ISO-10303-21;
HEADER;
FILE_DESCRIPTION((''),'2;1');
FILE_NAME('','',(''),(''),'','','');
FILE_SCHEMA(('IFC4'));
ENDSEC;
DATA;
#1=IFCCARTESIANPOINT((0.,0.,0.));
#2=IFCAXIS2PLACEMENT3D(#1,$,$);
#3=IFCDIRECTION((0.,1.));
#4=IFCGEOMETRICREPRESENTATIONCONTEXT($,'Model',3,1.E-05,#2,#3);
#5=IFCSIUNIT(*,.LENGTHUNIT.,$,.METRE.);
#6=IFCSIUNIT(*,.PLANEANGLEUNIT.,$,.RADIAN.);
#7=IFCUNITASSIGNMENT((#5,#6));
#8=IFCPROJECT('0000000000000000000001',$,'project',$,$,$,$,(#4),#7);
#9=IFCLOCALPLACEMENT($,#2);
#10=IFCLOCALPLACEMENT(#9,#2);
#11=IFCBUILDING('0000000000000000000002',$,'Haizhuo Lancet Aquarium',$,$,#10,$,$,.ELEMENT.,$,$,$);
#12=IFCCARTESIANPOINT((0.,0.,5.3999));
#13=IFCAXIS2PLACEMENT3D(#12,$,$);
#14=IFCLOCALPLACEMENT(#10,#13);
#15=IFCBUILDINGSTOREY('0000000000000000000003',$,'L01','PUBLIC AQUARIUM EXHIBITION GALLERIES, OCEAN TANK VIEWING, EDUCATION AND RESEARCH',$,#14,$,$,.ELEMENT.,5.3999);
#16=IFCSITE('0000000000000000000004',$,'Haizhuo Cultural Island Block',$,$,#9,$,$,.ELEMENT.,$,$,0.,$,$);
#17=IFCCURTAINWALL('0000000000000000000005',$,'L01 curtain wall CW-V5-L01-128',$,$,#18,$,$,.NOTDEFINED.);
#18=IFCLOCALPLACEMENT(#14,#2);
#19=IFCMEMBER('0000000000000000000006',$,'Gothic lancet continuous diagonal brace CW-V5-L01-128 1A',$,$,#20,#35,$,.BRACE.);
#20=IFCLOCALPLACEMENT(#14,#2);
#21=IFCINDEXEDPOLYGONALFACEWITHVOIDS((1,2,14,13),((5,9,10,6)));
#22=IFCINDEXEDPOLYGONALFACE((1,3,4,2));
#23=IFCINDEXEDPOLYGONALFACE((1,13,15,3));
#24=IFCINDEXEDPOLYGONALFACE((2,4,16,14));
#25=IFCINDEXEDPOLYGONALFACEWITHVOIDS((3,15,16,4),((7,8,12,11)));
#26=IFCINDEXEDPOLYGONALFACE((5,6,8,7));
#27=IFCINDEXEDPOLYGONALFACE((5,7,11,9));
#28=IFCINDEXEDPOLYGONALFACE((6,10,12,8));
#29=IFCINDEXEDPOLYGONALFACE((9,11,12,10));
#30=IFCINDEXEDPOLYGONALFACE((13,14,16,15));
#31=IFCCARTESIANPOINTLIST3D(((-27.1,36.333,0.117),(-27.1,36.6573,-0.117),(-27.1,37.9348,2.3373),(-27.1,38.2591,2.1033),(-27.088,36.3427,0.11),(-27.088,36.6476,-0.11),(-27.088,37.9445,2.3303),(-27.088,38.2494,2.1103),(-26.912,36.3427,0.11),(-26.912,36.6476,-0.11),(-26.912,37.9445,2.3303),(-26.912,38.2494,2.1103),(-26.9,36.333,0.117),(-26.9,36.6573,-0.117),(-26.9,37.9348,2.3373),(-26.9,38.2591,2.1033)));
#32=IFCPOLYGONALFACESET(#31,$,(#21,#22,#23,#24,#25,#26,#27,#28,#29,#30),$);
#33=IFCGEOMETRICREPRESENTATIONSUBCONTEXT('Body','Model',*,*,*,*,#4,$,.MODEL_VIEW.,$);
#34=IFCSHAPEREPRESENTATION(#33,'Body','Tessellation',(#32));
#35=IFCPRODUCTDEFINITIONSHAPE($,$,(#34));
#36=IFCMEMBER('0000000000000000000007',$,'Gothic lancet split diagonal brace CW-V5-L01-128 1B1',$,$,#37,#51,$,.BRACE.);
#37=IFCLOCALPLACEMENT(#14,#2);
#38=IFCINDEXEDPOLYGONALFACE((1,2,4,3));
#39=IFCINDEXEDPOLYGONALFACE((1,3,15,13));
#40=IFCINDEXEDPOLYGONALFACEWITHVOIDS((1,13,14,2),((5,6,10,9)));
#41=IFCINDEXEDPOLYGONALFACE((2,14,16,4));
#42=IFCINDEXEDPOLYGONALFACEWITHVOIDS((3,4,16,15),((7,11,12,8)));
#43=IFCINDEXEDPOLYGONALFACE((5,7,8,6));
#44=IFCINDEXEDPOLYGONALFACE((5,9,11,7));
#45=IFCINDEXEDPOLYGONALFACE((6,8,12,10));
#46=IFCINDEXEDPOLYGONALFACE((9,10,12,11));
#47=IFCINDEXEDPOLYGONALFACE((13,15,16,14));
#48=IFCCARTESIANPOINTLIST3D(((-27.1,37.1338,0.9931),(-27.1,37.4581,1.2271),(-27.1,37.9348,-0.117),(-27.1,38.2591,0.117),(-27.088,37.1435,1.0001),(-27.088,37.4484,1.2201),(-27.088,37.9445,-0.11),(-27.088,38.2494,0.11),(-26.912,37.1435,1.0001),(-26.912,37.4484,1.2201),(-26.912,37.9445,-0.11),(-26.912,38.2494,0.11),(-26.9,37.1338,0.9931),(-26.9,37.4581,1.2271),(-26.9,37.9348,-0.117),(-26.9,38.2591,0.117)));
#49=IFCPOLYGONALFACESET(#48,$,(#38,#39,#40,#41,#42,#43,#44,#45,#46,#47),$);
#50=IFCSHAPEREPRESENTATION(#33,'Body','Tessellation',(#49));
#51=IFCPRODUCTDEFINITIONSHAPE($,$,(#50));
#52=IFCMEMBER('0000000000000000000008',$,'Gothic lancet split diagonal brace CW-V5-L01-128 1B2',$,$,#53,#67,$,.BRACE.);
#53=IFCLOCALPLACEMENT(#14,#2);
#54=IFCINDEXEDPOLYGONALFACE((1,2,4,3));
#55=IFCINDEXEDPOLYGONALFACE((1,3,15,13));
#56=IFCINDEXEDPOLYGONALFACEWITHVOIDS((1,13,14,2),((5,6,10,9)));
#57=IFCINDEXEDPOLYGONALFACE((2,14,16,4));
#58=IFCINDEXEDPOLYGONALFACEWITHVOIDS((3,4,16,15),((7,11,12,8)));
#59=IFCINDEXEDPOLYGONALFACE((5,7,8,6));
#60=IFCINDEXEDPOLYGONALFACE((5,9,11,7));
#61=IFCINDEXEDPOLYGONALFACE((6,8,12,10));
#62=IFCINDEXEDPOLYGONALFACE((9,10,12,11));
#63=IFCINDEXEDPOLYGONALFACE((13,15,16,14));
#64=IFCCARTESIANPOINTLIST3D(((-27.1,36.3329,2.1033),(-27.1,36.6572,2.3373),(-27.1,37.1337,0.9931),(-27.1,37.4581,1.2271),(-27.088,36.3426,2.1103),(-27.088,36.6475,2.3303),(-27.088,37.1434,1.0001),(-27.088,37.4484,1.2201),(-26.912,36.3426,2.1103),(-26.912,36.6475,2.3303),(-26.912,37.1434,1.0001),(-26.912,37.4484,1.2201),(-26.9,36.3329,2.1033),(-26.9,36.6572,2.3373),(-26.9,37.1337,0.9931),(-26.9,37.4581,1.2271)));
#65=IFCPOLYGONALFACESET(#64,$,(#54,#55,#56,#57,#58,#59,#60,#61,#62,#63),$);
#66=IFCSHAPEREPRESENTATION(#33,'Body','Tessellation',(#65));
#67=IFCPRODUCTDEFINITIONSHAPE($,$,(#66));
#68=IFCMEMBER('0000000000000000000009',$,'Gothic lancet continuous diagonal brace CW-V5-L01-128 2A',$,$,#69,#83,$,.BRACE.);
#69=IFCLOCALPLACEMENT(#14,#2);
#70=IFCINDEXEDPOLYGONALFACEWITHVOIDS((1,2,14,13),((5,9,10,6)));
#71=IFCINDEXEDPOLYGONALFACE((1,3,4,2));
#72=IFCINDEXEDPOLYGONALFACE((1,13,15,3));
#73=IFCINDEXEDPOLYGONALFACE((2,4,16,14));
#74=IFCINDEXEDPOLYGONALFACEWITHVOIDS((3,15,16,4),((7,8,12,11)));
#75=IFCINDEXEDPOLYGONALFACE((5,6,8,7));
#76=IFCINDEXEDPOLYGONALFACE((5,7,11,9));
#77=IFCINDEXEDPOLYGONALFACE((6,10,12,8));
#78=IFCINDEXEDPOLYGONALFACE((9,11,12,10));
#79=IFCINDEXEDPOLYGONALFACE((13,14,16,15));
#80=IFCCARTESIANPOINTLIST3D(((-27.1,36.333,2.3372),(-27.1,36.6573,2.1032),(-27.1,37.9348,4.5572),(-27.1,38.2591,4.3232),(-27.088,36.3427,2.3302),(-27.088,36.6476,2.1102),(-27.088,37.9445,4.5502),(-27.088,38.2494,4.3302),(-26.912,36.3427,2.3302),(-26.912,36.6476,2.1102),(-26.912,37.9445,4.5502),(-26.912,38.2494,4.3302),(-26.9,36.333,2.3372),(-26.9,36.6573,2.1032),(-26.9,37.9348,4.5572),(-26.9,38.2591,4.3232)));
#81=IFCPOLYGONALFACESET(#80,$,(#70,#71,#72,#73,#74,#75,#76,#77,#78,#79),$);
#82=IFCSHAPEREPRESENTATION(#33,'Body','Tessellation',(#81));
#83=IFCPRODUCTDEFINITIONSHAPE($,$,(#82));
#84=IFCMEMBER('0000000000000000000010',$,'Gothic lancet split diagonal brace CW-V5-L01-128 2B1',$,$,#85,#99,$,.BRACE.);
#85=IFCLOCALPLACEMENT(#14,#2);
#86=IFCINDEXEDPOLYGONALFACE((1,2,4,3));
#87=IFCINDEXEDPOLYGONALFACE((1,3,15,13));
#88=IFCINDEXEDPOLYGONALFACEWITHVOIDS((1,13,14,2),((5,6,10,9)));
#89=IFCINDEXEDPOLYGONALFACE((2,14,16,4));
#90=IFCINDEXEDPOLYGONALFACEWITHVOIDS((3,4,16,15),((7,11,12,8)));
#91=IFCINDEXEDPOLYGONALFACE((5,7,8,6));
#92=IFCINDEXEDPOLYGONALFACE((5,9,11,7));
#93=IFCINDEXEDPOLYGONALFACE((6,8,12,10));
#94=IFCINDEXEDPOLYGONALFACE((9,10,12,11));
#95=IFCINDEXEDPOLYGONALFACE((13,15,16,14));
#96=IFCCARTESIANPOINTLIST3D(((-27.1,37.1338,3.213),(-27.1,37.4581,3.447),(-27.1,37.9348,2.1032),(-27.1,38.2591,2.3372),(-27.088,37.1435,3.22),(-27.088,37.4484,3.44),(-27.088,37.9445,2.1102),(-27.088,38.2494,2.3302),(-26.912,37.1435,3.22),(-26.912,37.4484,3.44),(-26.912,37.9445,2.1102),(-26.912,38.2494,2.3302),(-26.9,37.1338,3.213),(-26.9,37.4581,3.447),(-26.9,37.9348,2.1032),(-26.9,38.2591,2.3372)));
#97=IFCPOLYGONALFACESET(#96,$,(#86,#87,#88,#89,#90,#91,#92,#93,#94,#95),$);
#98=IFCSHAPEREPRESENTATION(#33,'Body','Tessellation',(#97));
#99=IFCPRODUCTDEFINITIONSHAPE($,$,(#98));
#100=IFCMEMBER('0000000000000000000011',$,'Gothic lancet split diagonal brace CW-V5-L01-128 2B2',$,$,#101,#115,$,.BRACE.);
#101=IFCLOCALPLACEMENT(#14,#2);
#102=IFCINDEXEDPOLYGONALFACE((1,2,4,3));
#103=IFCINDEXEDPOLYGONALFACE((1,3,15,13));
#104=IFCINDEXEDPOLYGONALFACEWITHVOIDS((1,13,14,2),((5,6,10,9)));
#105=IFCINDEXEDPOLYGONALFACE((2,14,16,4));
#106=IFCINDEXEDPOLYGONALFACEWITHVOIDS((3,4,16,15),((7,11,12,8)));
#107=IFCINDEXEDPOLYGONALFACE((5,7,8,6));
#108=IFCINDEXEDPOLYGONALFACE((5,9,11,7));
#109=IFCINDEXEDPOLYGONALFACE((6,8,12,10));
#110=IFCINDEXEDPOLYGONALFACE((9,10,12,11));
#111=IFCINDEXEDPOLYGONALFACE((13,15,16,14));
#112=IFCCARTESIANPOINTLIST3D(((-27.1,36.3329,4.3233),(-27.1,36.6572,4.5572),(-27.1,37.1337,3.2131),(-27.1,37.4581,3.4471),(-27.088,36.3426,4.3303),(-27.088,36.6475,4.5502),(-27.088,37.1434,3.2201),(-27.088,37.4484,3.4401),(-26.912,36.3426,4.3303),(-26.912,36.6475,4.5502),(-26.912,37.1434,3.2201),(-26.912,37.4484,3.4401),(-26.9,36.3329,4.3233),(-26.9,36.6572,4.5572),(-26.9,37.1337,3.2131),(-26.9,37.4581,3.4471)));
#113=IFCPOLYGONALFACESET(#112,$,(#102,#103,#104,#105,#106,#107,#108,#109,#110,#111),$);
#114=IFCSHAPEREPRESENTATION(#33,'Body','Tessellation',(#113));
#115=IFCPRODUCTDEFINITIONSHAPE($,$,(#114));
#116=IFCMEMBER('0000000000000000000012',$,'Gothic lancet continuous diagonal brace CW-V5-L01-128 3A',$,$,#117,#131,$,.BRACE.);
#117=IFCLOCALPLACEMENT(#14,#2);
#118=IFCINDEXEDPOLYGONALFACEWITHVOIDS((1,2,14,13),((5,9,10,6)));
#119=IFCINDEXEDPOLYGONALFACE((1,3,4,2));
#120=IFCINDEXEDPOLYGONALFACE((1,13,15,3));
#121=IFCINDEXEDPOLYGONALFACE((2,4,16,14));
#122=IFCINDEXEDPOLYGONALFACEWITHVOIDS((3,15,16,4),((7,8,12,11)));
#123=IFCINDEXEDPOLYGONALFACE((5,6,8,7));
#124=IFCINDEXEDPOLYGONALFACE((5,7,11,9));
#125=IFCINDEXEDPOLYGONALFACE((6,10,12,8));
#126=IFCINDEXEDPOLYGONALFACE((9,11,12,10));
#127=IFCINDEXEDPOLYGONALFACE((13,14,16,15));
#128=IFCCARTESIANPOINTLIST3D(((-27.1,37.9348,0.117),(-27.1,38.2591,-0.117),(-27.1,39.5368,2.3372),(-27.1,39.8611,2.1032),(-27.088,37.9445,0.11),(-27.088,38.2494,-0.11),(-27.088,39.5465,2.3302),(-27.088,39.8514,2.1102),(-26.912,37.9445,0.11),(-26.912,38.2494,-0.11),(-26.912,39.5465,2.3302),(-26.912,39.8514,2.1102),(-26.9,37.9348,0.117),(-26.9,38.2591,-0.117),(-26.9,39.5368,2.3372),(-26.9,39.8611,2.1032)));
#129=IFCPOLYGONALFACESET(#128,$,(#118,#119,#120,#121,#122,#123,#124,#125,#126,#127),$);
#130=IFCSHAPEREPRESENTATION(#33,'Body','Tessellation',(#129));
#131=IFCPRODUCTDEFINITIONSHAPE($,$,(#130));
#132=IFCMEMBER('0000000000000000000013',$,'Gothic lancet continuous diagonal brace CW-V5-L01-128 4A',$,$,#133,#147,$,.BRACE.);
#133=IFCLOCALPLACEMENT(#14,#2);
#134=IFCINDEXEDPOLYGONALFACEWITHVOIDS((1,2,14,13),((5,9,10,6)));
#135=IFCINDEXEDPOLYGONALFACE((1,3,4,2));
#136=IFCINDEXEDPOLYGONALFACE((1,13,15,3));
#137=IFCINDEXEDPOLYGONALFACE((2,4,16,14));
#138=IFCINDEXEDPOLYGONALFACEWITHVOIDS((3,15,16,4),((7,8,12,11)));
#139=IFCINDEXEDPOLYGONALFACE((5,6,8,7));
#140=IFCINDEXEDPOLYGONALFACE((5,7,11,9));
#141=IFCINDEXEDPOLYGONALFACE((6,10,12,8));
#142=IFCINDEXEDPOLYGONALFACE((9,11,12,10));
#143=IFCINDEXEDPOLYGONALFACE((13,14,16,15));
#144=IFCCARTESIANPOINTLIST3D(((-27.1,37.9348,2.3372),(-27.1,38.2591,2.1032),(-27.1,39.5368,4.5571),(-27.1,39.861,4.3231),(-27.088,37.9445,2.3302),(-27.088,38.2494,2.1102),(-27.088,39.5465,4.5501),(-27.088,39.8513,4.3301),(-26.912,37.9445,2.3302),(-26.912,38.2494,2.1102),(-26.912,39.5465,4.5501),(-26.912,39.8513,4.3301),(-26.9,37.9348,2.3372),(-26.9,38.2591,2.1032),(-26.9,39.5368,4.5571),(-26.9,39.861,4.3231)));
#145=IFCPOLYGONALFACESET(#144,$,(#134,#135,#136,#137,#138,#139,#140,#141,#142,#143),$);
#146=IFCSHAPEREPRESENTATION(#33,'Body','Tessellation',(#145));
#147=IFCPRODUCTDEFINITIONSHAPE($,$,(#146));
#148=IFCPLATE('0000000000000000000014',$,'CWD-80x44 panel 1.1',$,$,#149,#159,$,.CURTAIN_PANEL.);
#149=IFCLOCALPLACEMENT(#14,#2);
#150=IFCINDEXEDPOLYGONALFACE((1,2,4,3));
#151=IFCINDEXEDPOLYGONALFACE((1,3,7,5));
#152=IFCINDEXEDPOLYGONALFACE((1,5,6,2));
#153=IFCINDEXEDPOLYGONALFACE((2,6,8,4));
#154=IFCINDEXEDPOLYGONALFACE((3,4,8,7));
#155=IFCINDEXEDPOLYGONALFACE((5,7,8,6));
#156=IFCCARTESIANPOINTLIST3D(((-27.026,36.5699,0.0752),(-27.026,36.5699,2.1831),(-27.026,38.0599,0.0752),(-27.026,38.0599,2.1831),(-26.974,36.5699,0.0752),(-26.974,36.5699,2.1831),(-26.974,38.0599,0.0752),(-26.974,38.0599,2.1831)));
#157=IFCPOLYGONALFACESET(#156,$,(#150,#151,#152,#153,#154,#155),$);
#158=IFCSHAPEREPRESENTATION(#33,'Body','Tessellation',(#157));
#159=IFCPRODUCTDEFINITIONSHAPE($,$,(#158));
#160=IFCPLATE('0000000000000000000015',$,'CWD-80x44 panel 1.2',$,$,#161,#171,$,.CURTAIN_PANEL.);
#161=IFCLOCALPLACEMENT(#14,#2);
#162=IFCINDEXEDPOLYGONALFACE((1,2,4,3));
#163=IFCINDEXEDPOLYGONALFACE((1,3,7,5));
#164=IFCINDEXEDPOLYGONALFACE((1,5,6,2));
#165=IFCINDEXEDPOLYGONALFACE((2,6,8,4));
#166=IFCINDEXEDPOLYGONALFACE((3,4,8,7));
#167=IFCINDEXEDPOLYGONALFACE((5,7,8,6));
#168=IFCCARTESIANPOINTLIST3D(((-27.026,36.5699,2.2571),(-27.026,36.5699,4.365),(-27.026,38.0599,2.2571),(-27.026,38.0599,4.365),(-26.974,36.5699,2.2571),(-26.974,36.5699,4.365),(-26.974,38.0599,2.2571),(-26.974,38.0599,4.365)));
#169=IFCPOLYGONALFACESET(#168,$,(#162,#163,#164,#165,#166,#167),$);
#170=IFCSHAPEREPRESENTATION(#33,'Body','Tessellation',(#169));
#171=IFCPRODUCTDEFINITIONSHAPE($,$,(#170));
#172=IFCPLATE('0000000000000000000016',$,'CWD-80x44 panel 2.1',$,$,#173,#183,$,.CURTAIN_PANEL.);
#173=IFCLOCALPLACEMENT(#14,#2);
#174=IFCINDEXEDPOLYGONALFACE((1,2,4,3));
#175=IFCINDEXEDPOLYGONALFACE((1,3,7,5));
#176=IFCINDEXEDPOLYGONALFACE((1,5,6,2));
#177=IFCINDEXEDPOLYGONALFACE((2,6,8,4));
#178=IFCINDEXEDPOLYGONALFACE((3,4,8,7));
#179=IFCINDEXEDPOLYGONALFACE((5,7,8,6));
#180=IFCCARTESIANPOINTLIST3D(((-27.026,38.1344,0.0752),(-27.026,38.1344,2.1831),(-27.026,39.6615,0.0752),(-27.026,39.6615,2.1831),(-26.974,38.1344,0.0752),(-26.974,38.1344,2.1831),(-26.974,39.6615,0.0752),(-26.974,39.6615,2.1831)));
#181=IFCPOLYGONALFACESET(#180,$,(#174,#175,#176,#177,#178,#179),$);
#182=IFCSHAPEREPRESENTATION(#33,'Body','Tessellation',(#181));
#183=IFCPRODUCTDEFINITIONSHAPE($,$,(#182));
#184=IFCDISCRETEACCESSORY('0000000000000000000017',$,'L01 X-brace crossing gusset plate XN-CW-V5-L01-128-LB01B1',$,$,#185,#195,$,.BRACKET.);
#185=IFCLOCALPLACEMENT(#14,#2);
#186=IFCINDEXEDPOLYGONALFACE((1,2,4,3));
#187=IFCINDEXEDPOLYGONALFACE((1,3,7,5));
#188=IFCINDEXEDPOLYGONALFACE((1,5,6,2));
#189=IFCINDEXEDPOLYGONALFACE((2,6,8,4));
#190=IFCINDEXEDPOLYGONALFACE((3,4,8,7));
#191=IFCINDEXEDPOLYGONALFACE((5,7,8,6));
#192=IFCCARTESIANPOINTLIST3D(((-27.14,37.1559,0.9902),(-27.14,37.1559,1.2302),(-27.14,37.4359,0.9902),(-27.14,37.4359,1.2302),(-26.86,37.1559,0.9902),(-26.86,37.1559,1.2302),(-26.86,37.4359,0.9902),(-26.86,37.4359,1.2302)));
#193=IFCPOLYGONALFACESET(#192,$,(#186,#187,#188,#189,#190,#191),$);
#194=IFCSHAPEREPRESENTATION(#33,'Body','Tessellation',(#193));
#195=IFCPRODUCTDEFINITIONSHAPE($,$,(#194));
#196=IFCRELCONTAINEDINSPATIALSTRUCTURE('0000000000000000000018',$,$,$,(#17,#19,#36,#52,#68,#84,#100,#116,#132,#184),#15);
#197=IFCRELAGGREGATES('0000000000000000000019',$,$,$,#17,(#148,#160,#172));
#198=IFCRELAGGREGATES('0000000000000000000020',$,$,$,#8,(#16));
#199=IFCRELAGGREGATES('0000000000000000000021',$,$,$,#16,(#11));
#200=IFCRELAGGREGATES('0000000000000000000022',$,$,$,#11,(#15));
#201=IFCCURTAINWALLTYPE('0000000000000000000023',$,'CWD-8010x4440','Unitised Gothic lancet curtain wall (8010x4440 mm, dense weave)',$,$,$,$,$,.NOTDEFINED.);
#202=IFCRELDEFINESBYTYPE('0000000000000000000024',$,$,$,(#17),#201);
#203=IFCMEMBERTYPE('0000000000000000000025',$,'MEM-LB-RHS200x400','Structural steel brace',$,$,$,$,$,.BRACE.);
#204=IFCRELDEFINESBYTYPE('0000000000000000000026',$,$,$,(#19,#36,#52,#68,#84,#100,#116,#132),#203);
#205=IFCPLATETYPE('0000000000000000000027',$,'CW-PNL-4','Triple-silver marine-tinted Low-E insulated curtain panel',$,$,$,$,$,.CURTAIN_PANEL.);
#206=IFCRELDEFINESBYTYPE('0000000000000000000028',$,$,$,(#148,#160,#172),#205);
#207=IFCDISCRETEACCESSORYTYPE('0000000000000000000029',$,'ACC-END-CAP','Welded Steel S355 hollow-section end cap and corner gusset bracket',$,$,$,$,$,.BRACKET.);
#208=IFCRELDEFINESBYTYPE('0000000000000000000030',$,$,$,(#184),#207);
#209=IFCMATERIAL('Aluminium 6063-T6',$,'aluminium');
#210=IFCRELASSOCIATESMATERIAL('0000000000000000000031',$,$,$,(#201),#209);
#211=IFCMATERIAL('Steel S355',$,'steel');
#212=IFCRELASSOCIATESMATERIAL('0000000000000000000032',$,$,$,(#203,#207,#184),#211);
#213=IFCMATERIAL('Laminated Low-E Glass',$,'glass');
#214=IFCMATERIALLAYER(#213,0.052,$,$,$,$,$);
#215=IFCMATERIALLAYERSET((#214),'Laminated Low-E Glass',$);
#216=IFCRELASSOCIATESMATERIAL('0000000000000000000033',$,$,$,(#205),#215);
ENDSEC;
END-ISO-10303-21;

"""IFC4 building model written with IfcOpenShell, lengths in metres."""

from ifc_helpers import new_model, si_unit, direction, frame, origin, origin_2d, place, context, subcontext, project, spatial, rectangle, hollow_rectangle, extrude, material, layer, layer_set, material_profile, profile_set, type_object, element, aggregate, save


model = new_model("IFC4")

# Units and contexts
model_context = context("Model", 3, precision=1e-05, world=origin(), true_north=direction((0.0, 1.0)))
body_context = subcontext(model_context, "Body", "Model", "MODEL_VIEW")
ifc_project = project(units=[si_unit("LENGTHUNIT", "METRE"), si_unit("PLANEANGLEUNIT", "RADIAN")], contexts=[model_context])

# Site, building, storey
site_placement = place(None, origin())
site = spatial("IfcSite", under=ifc_project, at=site_placement, Name="Haizhuo Cultural Island Block", CompositionType="ELEMENT", RefElevation=0.0)
building_placement = place(site_placement, origin())
building = spatial("IfcBuilding", under=site, at=building_placement, Name="Haizhuo Lancet Aquarium", CompositionType="ELEMENT")
storey_placement = place(building_placement, frame((0.0, 0.0, 5.3999)))
storey = spatial("IfcBuildingStorey", under=building, at=storey_placement, Name="L01", Description="PUBLIC AQUARIUM EXHIBITION GALLERIES, OCEAN TANK VIEWING, EDUCATION AND RESEARCH", CompositionType="ELEMENT", Elevation=5.3999)

# Curtain wall
ifc_material_1 = material(Name="Aluminium 6063-T6", Category="aluminium")
curtain_wall_type = type_object("IfcCurtainWallType", Name="CWD-8010x4440", Description="Unitised Gothic lancet curtain wall (8010x4440 mm, dense weave)", PredefinedType="NOTDEFINED", material=ifc_material_1)
curtain_wall_placement = place(storey_placement, origin())
curtain_wall = element("IfcCurtainWall", 1, at=curtain_wall_placement, inside=storey, type_object=curtain_wall_type, Name="L01 curtain wall CW-V5-L01-128", PredefinedType="NOTDEFINED")

# Members
ifc_material_2 = material(Name="Steel S355", Category="steel")
ifc_material_profile_1 = material_profile(ifc_material_2, hollow_rectangle(XDim=0.2, YDim=0.3999, WallThickness=0.012, at=origin_2d()), Name="RHS 200x400x12")
ifc_profile_set_1 = profile_set([ifc_material_profile_1], Name="Steel S355")
member_type_1 = type_object("IfcMemberType", Name="MEM-LB-RHS200x400", Description="Structural steel brace", PredefinedType="BRACE", material=ifc_profile_set_1)
member_1_placement = place(storey_placement, frame((-27.0, 36.4951, 0.0), z_axis=(0.0, 0.585087, 0.810971), x_axis=(-1.0, 0.0, 0.0)))
element("IfcMember", 2, at=member_1_placement, inside=storey, type_object=member_type_1, Name="Gothic lancet continuous diagonal brace CW-V5-L01-128 1A", PredefinedType="BRACE", context=body_context, shape_type="SweptSolid", body=[
    extrude(hollow_rectangle(XDim=0.2, YDim=0.3999, WallThickness=0.012, at=origin_2d()), origin(), (0.0, 0.0, 1.0), 2.7378),
])
for number, where, z_axis, x_axis, name in (
    (3, (-27.0, 38.0969, 0.0), (0.0, -0.585145, 0.810928), (1.0, 0.0, 0.0), "Gothic lancet split diagonal brace CW-V5-L01-128 1B1"),
    (4, (-27.0, 37.2959, 1.1101), (0.0, -0.585028, 0.811013), (1.0, 0.0, 0.0), "Gothic lancet split diagonal brace CW-V5-L01-128 1B2"),
):
    element("IfcMember", number, at=place(storey_placement, frame(where, z_axis=z_axis, x_axis=x_axis)), inside=storey, type_object=member_type_1, Name=name, PredefinedType="BRACE", context=body_context, shape_type="SweptSolid", body=[
        extrude(hollow_rectangle(XDim=0.2, YDim=0.3999, WallThickness=0.012, at=origin_2d()), origin(), (0.0, 0.0, 1.0), 1.3689),
    ])
member_2_placement = place(storey_placement, frame((-27.0, 36.4951, 2.2202), z_axis=(0.0, 0.585129, 0.81094), x_axis=(-1.0, 0.0, 0.0)))
element("IfcMember", 5, at=member_2_placement, inside=storey, type_object=member_type_1, Name="Gothic lancet continuous diagonal brace CW-V5-L01-128 2A", PredefinedType="BRACE", context=body_context, shape_type="SweptSolid", body=[
    extrude(hollow_rectangle(XDim=0.2, YDim=0.3999, WallThickness=0.012, at=origin_2d()), origin(), (0.0, 0.0, 1.0), 2.7375),
])
member_3_placement = place(storey_placement, frame((-27.0, 38.0969, 2.2202), z_axis=(0.0, -0.58523, 0.810867), x_axis=(1.0, 0.0, 0.0)))
element("IfcMember", 6, at=member_3_placement, inside=storey, type_object=member_type_1, Name="Gothic lancet split diagonal brace CW-V5-L01-128 2B1", PredefinedType="BRACE", context=body_context, shape_type="SweptSolid", body=[
    extrude(hollow_rectangle(XDim=0.2, YDim=0.3999, WallThickness=0.012, at=origin_2d()), origin(), (0.0, 0.0, 1.0), 1.3687),
])
member_4_placement = place(storey_placement, frame((-27.0, 37.2959, 3.3301), z_axis=(0.0, -0.585028, 0.811013), x_axis=(1.0, 0.0, 0.0)))
element("IfcMember", 7, at=member_4_placement, inside=storey, type_object=member_type_1, Name="Gothic lancet split diagonal brace CW-V5-L01-128 2B2", PredefinedType="BRACE", context=body_context, shape_type="SweptSolid", body=[
    extrude(hollow_rectangle(XDim=0.2, YDim=0.3999, WallThickness=0.012, at=origin_2d()), origin(), (0.0, 0.0, 1.0), 1.3689),
])
member_5_placement = place(storey_placement, frame((-27.0, 38.0969, 0.0), z_axis=(0.0, 0.585145, 0.810928), x_axis=(-1.0, 0.0, 0.0)))
element("IfcMember", 8, at=member_5_placement, inside=storey, type_object=member_type_1, Name="Gothic lancet continuous diagonal brace CW-V5-L01-128 3A", PredefinedType="BRACE", context=body_context, shape_type="SweptSolid", body=[
    extrude(hollow_rectangle(XDim=0.2, YDim=0.3999, WallThickness=0.012, at=origin_2d()), origin(), (0.0, 0.0, 1.0), 2.7378),
])
member_6_placement = place(storey_placement, frame((-27.0, 38.0969, 2.2202), z_axis=(0.0, 0.585188, 0.810898), x_axis=(-1.0, 0.0, 0.0)))
element("IfcMember", 9, at=member_6_placement, inside=storey, type_object=member_type_1, Name="Gothic lancet continuous diagonal brace CW-V5-L01-128 4A", PredefinedType="BRACE", context=body_context, shape_type="SweptSolid", body=[
    extrude(hollow_rectangle(XDim=0.2, YDim=0.3999, WallThickness=0.012, at=origin_2d()), origin(), (0.0, 0.0, 1.0), 2.7375),
])

# Plates
ifc_material_3 = material(Name="Laminated Low-E Glass", Category="glass")
ifc_layer = layer(ifc_material_3, 0.052)
ifc_layer_set = layer_set([ifc_layer], Name="Laminated Low-E Glass")
plate_type = type_object("IfcPlateType", Name="CW-PNL-4", Description="Triple-silver marine-tinted Low-E insulated curtain panel", PredefinedType="CURTAIN_PANEL", material=ifc_layer_set)
plate_1_placement = place(storey_placement, frame((-27.0, 37.3149, 0.0752), z_axis=(0.0, 0.0, 1.0), x_axis=(0.0, 1.0, 0.0)))
plate_1 = element("IfcPlate", 10, at=plate_1_placement, type_object=plate_type, Name="CWD-80x44 panel 1.1", PredefinedType="CURTAIN_PANEL", context=body_context, shape_type="SweptSolid", body=[
    extrude(rectangle(XDim=1.49, YDim=0.052, at=origin_2d()), origin(), (0.0, 0.0, 1.0), 2.1079),
])
plate_2_placement = place(storey_placement, frame((-27.0, 37.3149, 2.2571), z_axis=(0.0, 0.0, 1.0), x_axis=(0.0, 1.0, 0.0)))
plate_2 = element("IfcPlate", 11, at=plate_2_placement, type_object=plate_type, Name="CWD-80x44 panel 1.2", PredefinedType="CURTAIN_PANEL", context=body_context, shape_type="SweptSolid", body=[
    extrude(rectangle(XDim=1.49, YDim=0.052, at=origin_2d()), origin(), (0.0, 0.0, 1.0), 2.1079),
])
plate_3_placement = place(storey_placement, frame((-27.0, 38.8979, 0.0752), z_axis=(0.0, 0.0, 1.0), x_axis=(0.0, 1.0, 0.0)))
plate_3 = element("IfcPlate", 12, at=plate_3_placement, type_object=plate_type, Name="CWD-80x44 panel 2.1", PredefinedType="CURTAIN_PANEL", context=body_context, shape_type="SweptSolid", body=[
    extrude(rectangle(XDim=1.5271, YDim=0.052, at=origin_2d()), origin(), (0.0, 0.0, 1.0), 2.1079),
])
aggregate(curtain_wall, [plate_1, plate_2, plate_3])

# Discrete accessory
discrete_accessory_type = type_object("IfcDiscreteAccessoryType", Name="ACC-END-CAP", Description="Welded Steel S355 hollow-section end cap and corner gusset bracket", PredefinedType="BRACKET", material=ifc_material_2)
for number, where, z_axis, x_axis, name in (
    (13, (-27.0, 37.2959, 0.9902), (0.0, 0.0, 1.0), (1.0, 0.0, 0.0), "L01 X-brace crossing gusset plate XN-CW-V5-L01-128-LB01B1"),
):
    element("IfcDiscreteAccessory", number, at=place(storey_placement, frame(where, z_axis=z_axis, x_axis=x_axis)), inside=storey, type_object=discrete_accessory_type, material=ifc_material_2, Name=name, PredefinedType="BRACKET", context=body_context, shape_type="SweptSolid", body=[
        extrude(rectangle(XDim=0.28, YDim=0.28, at=origin_2d()), origin(), (0.0, 0.0, 1.0), 0.24),
    ])

save(model, "model.ifc")
